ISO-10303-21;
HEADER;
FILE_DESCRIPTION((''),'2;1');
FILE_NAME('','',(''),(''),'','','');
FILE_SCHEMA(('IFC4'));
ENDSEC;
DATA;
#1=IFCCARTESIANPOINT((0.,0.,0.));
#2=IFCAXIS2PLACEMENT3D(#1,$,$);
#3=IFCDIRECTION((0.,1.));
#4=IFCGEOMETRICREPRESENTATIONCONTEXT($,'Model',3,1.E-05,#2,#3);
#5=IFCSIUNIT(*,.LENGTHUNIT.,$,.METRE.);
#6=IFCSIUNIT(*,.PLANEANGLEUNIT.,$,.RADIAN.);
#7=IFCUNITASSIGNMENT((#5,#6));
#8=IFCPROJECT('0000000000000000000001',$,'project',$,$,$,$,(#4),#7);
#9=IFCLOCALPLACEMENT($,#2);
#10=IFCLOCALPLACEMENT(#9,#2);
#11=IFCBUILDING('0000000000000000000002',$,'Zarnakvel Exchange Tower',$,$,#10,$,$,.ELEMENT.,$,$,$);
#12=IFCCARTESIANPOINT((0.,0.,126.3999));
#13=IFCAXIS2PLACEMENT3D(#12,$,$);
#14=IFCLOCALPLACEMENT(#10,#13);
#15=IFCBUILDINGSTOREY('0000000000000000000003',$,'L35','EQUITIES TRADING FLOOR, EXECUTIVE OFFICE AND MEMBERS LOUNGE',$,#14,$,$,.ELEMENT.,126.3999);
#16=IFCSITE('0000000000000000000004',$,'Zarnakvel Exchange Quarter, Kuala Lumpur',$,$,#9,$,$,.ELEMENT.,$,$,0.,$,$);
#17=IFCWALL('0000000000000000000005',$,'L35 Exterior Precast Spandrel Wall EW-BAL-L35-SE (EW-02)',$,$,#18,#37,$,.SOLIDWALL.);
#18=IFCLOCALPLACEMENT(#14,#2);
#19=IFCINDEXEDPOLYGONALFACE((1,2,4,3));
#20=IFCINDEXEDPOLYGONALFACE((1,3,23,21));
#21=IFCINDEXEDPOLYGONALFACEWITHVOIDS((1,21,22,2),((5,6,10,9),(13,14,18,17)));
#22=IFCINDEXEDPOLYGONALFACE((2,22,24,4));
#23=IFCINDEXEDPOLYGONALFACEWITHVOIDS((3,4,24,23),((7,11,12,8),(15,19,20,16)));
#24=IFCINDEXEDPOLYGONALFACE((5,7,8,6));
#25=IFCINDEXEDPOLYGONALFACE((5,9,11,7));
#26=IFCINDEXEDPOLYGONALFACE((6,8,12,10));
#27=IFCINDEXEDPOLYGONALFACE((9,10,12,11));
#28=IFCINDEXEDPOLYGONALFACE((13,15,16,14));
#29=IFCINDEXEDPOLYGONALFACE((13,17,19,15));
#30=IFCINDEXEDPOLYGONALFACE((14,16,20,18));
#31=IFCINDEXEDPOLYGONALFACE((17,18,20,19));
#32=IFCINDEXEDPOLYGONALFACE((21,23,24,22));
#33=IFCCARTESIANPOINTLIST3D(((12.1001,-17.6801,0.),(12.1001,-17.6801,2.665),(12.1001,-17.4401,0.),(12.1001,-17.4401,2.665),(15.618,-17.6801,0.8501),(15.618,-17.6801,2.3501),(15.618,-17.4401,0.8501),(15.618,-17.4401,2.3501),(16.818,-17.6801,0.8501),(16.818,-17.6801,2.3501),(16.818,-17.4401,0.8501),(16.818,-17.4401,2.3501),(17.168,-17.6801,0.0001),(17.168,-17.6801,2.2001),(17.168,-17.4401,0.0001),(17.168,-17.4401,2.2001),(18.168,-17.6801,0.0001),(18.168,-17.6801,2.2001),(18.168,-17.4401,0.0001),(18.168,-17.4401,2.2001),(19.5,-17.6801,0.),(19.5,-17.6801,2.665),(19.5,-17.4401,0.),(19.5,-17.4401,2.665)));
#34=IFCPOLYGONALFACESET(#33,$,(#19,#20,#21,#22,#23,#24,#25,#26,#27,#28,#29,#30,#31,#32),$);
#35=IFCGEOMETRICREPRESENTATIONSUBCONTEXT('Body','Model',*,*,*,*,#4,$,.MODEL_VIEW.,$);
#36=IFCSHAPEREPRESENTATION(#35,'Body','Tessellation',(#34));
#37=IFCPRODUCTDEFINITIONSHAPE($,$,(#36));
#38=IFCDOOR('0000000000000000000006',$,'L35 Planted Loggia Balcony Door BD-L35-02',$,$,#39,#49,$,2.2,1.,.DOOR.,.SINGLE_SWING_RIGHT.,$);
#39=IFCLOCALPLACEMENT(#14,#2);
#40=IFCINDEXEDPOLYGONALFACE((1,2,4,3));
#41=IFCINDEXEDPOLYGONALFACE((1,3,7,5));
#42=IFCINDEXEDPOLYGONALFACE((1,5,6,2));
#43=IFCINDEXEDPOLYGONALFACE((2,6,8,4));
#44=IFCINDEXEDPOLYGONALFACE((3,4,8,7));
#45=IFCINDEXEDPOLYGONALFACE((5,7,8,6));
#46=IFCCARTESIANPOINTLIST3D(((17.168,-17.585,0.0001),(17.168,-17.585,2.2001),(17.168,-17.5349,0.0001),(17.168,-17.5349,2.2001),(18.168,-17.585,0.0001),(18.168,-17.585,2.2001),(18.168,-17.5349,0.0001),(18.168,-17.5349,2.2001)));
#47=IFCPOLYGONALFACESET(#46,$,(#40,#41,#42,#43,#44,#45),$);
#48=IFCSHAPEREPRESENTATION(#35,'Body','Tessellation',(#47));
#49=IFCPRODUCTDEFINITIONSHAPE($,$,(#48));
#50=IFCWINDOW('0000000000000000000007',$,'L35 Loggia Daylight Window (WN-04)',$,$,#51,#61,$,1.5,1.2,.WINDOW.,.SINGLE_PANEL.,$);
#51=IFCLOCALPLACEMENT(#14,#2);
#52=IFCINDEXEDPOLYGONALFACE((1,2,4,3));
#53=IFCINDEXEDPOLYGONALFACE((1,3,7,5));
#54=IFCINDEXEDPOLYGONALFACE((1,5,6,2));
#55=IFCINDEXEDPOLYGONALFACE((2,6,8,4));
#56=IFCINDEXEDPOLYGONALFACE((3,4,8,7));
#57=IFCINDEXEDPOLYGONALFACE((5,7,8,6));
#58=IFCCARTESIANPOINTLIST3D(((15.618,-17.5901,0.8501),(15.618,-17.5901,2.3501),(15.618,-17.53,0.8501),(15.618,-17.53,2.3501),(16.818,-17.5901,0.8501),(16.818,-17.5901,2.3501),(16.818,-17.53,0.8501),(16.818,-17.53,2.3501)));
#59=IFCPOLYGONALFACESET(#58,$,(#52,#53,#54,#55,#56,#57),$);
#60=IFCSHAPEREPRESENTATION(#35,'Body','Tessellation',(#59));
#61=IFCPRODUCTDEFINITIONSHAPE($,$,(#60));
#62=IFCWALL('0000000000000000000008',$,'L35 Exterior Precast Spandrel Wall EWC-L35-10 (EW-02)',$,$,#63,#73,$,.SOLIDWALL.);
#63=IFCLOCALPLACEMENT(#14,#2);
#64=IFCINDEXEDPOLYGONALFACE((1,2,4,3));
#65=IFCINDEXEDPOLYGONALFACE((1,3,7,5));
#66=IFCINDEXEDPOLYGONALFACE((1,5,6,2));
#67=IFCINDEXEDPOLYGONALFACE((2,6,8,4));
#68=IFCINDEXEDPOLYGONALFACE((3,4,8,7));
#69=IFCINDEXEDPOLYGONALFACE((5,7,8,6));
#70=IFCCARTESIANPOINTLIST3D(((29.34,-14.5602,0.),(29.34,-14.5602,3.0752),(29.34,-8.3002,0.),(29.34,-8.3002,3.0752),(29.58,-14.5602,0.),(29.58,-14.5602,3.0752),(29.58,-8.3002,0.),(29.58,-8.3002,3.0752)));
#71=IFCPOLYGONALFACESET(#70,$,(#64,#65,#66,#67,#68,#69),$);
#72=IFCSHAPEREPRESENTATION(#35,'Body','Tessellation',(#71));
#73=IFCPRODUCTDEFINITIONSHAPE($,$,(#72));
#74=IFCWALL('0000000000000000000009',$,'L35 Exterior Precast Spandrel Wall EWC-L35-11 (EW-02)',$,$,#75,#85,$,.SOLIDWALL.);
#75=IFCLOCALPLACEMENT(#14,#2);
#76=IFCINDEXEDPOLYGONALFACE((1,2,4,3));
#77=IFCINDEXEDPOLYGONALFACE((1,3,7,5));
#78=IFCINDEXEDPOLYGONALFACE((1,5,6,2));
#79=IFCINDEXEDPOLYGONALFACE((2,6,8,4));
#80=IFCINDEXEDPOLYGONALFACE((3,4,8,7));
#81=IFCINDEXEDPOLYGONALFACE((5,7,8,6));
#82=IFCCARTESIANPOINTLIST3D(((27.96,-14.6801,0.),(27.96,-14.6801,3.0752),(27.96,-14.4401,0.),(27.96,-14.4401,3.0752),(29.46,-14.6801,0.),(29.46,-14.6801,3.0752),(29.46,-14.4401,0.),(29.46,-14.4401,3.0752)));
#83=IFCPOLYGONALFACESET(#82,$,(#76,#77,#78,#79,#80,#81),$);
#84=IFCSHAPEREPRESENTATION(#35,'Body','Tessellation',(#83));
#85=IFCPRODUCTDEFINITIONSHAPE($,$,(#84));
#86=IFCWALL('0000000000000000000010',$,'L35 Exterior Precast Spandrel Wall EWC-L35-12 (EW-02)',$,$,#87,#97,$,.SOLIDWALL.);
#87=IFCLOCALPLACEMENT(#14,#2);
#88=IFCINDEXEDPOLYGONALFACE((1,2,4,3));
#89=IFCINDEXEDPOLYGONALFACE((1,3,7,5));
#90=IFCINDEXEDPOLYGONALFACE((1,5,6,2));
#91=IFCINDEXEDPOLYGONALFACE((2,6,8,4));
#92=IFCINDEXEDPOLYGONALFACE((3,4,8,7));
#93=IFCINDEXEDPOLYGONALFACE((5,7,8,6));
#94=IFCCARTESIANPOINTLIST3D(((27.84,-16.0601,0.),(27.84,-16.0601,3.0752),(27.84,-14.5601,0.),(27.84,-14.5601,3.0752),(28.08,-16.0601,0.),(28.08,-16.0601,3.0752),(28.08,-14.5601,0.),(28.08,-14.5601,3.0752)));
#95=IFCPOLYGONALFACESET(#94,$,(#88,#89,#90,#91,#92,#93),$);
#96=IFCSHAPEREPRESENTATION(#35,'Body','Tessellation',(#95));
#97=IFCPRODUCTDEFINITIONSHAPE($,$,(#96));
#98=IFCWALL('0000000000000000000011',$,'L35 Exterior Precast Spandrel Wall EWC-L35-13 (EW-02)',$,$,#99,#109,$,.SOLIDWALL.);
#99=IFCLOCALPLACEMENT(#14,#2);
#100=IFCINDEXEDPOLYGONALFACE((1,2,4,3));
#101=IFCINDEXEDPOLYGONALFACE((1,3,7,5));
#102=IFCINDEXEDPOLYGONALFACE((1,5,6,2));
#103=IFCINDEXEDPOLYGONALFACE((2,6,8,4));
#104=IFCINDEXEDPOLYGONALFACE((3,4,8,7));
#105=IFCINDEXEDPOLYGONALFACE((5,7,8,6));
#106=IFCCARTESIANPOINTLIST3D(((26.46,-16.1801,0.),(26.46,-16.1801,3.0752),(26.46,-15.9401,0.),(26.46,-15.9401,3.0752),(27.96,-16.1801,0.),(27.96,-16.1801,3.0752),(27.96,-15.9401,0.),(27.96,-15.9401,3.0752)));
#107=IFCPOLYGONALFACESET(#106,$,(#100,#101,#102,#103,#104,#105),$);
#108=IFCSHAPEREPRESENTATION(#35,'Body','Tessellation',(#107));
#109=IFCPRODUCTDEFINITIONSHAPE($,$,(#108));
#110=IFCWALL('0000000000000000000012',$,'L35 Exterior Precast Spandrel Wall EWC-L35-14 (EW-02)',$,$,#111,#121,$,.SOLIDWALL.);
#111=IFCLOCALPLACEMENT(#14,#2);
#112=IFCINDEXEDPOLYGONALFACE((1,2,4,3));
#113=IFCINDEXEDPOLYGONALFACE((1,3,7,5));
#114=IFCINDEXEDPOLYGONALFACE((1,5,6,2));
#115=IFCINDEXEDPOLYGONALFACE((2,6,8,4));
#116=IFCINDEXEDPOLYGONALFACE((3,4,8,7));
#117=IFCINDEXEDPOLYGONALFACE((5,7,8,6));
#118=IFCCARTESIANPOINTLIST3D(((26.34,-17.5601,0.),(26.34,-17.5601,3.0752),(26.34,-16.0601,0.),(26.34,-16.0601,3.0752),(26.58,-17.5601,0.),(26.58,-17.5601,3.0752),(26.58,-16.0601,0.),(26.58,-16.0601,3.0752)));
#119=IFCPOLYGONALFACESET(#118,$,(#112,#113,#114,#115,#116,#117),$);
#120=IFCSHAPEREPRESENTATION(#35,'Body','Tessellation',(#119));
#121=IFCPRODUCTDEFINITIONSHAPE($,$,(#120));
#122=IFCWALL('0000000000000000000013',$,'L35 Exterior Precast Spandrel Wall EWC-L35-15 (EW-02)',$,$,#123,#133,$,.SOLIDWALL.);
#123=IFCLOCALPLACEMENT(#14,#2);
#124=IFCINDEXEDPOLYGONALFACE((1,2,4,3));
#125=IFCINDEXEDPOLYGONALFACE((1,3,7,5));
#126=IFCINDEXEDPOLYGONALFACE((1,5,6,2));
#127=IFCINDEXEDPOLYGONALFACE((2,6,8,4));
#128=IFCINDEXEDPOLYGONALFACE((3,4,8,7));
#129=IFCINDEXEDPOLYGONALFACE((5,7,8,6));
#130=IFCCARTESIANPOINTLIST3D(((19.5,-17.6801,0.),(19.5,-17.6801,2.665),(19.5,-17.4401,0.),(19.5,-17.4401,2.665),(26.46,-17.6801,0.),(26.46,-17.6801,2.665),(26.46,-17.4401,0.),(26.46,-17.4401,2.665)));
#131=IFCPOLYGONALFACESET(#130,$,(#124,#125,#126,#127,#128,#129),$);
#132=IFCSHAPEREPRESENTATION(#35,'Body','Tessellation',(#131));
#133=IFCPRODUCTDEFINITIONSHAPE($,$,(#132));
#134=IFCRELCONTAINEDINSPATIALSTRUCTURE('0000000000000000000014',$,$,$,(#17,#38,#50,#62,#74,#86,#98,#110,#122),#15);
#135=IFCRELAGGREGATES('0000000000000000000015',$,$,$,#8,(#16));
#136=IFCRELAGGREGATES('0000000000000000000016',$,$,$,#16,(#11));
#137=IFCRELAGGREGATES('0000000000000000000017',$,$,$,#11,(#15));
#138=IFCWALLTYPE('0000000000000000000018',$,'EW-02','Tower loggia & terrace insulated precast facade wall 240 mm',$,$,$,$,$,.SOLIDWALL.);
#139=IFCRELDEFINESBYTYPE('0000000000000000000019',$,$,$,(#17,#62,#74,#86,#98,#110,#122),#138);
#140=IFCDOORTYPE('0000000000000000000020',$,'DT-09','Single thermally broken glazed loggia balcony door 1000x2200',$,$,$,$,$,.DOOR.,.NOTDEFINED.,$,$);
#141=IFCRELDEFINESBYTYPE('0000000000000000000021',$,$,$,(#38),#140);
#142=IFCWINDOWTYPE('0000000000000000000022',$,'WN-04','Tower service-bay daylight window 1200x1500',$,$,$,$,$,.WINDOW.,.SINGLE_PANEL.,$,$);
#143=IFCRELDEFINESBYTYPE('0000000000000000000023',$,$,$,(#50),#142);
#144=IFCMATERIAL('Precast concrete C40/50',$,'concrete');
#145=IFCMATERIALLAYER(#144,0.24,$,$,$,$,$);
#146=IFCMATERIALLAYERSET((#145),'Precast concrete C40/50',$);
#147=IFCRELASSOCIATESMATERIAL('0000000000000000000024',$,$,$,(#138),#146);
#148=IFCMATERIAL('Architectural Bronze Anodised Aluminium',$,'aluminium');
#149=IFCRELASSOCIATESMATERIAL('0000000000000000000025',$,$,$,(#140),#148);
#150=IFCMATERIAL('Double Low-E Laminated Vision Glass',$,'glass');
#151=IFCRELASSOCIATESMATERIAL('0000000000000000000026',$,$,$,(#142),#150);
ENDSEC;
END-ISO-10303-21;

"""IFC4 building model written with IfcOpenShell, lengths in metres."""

from ifc_helpers import new_model, si_unit, direction, frame, frame_2d, origin, place, context, subcontext, project, spatial, rectangle, extrude, source, transform, mapped, material, layer, layer_set, type_object, element, fill, save


model = new_model("IFC4")

# Units and contexts
model_context = context("Model", 3, precision=1e-05, world=origin(), true_north=direction((0.0, 1.0)))
body_context = subcontext(model_context, "Body", "Model", "MODEL_VIEW")
ifc_project = project(units=[si_unit("LENGTHUNIT", "METRE"), si_unit("PLANEANGLEUNIT", "RADIAN")], contexts=[model_context])

# Site, building, storey
site_placement = place(None, origin())
site = spatial("IfcSite", under=ifc_project, at=site_placement, Name="Zarnakvel Exchange Quarter, Kuala Lumpur", CompositionType="ELEMENT", RefElevation=0.0)
building_placement = place(site_placement, origin())
building = spatial("IfcBuilding", under=site, at=building_placement, Name="Zarnakvel Exchange Tower", CompositionType="ELEMENT")
storey_placement = place(building_placement, frame((0.0, 0.0, 126.3999)))
storey = spatial("IfcBuildingStorey", under=building, at=storey_placement, Name="L35", Description="EQUITIES TRADING FLOOR, EXECUTIVE OFFICE AND MEMBERS LOUNGE", CompositionType="ELEMENT", Elevation=126.3999)

# Wall, openings, door, window
ifc_material_1 = material(Name="Precast concrete C40/50", Category="concrete")
ifc_layer = layer(ifc_material_1, 0.24)
ifc_layer_set = layer_set([ifc_layer], Name="Precast concrete C40/50")
wall_type = type_object("IfcWallType", Name="EW-02", Description="Tower loggia & terrace insulated precast facade wall 240 mm", PredefinedType="SOLIDWALL", material=ifc_layer_set)
wall_1_placement = place(storey_placement, frame((19.5, -17.5601, 0.0), z_axis=(0.0, 0.0, 1.0), x_axis=(-1.0, 0.0, 0.0)))
wall_1 = element("IfcWall", 1, at=wall_1_placement, inside=storey, type_object=wall_type, Name="L35 Exterior Precast Spandrel Wall EW-BAL-L35-SE (EW-02)", PredefinedType="SOLIDWALL", context=body_context, shape_type="SweptSolid", body=[
    extrude(rectangle(XDim=7.3999, YDim=0.24, at=frame_2d((3.7, 0.0))), origin(), (0.0, 0.0, 1.0), 2.665),
])
opening_1_placement = place(wall_1_placement, frame((1.332, 0.0, 0.0)))
opening_1 = element("IfcOpeningElement", 2, at=opening_1_placement, cuts=wall_1, PredefinedType="OPENING", context=body_context, shape_type="SweptSolid", body=[
    extrude(rectangle(XDim=1.0, YDim=2.2, at=frame_2d((0.5, 1.1001))), frame((0.0, 0.1299, 0.0), z_axis=(0.0, -1.0, 0.0), x_axis=(1.0, 0.0, 0.0)), (0.0, 0.0, 1.0), 0.26),
])
opening_2_placement = place(wall_1_placement, frame((2.6819, 0.0, 0.8501)))
opening_2 = element("IfcOpeningElement", 3, at=opening_2_placement, cuts=wall_1, PredefinedType="OPENING", context=body_context, shape_type="SweptSolid", body=[
    extrude(rectangle(XDim=1.2, YDim=1.5, at=frame_2d((0.6001, 0.75))), frame((0.0, 0.1299, 0.0), z_axis=(0.0, -1.0, 0.0), x_axis=(1.0, 0.0, 0.0)), (0.0, 0.0, 1.0), 0.26),
])
ifc_material_2 = material(Name="Architectural Bronze Anodised Aluminium", Category="aluminium")
door_type = type_object("IfcDoorType", Name="DT-09", Description="Single thermally broken glazed loggia balcony door 1000x2200", OperationType="NOTDEFINED", PredefinedType="DOOR", material=ifc_material_2)
shared_shape_1 = source(origin(), body_context, "Body", "SweptSolid", [
    extrude(rectangle(XDim=1.0, YDim=2.2, at=frame_2d((0.5, 1.1001))), frame((0.0, 0.0249, 0.0), z_axis=(0.0, -1.0, 0.0), x_axis=(1.0, 0.0, 0.0)), (0.0, 0.0, 1.0), 0.05),
])
door_placement = place(opening_1_placement, origin())
door = element("IfcDoor", 4, at=door_placement, inside=storey, type_object=door_type, Name="L35 Planted Loggia Balcony Door BD-L35-02", OperationType="SINGLE_SWING_RIGHT", OverallHeight=2.2, OverallWidth=1.0, PredefinedType="DOOR", context=body_context, shape_type="MappedRepresentation", body=[
    mapped(shared_shape_1, transform((0.0, 0.0, 0.0), x_axis=(1.0, 0.0, 0.0), y_axis=(0.0, 1.0, 0.0), z_axis=(0.0, 0.0, 1.0), scale=1.0)),
])
fill(opening_1, door)
ifc_material_3 = material(Name="Double Low-E Laminated Vision Glass", Category="glass")
window_type = type_object("IfcWindowType", Name="WN-04", Description="Tower service-bay daylight window 1200x1500", PartitioningType="SINGLE_PANEL", PredefinedType="WINDOW", material=ifc_material_3)
shared_shape_2 = source(origin(), body_context, "Body", "SweptSolid", [
    extrude(rectangle(XDim=1.2, YDim=1.5, at=frame_2d((0.6001, 0.75))), frame((0.0, 0.03, 0.0), z_axis=(0.0, -1.0, 0.0), x_axis=(1.0, 0.0, 0.0)), (0.0, 0.0, 1.0), 0.0601),
])
window_placement = place(opening_2_placement, origin())
window = element("IfcWindow", 5, at=window_placement, inside=storey, type_object=window_type, Name="L35 Loggia Daylight Window (WN-04)", OverallHeight=1.5, OverallWidth=1.2, PartitioningType="SINGLE_PANEL", PredefinedType="WINDOW", context=body_context, shape_type="MappedRepresentation", body=[
    mapped(shared_shape_2, transform((0.0, 0.0, 0.0), x_axis=(1.0, 0.0, 0.0), y_axis=(0.0, 1.0, 0.0), z_axis=(0.0, 0.0, 1.0), scale=1.0)),
])
fill(opening_2, window)

# Walls
wall_2_placement = place(storey_placement, frame((29.46, -14.5601, 0.0), z_axis=(0.0, 0.0, 1.0), x_axis=(0.0, 1.0, 0.0)))
element("IfcWall", 6, at=wall_2_placement, inside=storey, type_object=wall_type, Name="L35 Exterior Precast Spandrel Wall EWC-L35-10 (EW-02)", PredefinedType="SOLIDWALL", context=body_context, shape_type="SweptSolid", body=[
    extrude(rectangle(XDim=6.26, YDim=0.24, at=frame_2d((3.1299, 0.0))), origin(), (0.0, 0.0, 1.0), 3.0752),
])
for number, where, z_axis, x_axis, name in (
    (7, (27.96, -14.5601, 0.0), (0.0, 0.0, 1.0), (1.0, 0.0, 0.0), "L35 Exterior Precast Spandrel Wall EWC-L35-11 (EW-02)"),
    (8, (27.96, -16.0601, 0.0), (0.0, 0.0, 1.0), (0.0, 1.0, 0.0), "L35 Exterior Precast Spandrel Wall EWC-L35-12 (EW-02)"),
    (9, (26.46, -16.0601, 0.0), (0.0, 0.0, 1.0), (1.0, 0.0, 0.0), "L35 Exterior Precast Spandrel Wall EWC-L35-13 (EW-02)"),
    (10, (26.46, -17.5601, 0.0), (0.0, 0.0, 1.0), (0.0, 1.0, 0.0), "L35 Exterior Precast Spandrel Wall EWC-L35-14 (EW-02)"),
):
    element("IfcWall", number, at=place(storey_placement, frame(where, z_axis=z_axis, x_axis=x_axis)), inside=storey, type_object=wall_type, Name=name, PredefinedType="SOLIDWALL", context=body_context, shape_type="SweptSolid", body=[
        extrude(rectangle(XDim=1.5, YDim=0.24, at=frame_2d((0.75, 0.0))), origin(), (0.0, 0.0, 1.0), 3.0752),
    ])
wall_3_placement = place(storey_placement, frame((19.5, -17.5601, 0.0), z_axis=(0.0, 0.0, 1.0), x_axis=(1.0, 0.0, 0.0)))
element("IfcWall", 11, at=wall_3_placement, inside=storey, type_object=wall_type, Name="L35 Exterior Precast Spandrel Wall EWC-L35-15 (EW-02)", PredefinedType="SOLIDWALL", context=body_context, shape_type="SweptSolid", body=[
    extrude(rectangle(XDim=6.96, YDim=0.24, at=frame_2d((3.48, 0.0))), origin(), (0.0, 0.0, 1.0), 2.665),
])

save(model, "model.ifc")
